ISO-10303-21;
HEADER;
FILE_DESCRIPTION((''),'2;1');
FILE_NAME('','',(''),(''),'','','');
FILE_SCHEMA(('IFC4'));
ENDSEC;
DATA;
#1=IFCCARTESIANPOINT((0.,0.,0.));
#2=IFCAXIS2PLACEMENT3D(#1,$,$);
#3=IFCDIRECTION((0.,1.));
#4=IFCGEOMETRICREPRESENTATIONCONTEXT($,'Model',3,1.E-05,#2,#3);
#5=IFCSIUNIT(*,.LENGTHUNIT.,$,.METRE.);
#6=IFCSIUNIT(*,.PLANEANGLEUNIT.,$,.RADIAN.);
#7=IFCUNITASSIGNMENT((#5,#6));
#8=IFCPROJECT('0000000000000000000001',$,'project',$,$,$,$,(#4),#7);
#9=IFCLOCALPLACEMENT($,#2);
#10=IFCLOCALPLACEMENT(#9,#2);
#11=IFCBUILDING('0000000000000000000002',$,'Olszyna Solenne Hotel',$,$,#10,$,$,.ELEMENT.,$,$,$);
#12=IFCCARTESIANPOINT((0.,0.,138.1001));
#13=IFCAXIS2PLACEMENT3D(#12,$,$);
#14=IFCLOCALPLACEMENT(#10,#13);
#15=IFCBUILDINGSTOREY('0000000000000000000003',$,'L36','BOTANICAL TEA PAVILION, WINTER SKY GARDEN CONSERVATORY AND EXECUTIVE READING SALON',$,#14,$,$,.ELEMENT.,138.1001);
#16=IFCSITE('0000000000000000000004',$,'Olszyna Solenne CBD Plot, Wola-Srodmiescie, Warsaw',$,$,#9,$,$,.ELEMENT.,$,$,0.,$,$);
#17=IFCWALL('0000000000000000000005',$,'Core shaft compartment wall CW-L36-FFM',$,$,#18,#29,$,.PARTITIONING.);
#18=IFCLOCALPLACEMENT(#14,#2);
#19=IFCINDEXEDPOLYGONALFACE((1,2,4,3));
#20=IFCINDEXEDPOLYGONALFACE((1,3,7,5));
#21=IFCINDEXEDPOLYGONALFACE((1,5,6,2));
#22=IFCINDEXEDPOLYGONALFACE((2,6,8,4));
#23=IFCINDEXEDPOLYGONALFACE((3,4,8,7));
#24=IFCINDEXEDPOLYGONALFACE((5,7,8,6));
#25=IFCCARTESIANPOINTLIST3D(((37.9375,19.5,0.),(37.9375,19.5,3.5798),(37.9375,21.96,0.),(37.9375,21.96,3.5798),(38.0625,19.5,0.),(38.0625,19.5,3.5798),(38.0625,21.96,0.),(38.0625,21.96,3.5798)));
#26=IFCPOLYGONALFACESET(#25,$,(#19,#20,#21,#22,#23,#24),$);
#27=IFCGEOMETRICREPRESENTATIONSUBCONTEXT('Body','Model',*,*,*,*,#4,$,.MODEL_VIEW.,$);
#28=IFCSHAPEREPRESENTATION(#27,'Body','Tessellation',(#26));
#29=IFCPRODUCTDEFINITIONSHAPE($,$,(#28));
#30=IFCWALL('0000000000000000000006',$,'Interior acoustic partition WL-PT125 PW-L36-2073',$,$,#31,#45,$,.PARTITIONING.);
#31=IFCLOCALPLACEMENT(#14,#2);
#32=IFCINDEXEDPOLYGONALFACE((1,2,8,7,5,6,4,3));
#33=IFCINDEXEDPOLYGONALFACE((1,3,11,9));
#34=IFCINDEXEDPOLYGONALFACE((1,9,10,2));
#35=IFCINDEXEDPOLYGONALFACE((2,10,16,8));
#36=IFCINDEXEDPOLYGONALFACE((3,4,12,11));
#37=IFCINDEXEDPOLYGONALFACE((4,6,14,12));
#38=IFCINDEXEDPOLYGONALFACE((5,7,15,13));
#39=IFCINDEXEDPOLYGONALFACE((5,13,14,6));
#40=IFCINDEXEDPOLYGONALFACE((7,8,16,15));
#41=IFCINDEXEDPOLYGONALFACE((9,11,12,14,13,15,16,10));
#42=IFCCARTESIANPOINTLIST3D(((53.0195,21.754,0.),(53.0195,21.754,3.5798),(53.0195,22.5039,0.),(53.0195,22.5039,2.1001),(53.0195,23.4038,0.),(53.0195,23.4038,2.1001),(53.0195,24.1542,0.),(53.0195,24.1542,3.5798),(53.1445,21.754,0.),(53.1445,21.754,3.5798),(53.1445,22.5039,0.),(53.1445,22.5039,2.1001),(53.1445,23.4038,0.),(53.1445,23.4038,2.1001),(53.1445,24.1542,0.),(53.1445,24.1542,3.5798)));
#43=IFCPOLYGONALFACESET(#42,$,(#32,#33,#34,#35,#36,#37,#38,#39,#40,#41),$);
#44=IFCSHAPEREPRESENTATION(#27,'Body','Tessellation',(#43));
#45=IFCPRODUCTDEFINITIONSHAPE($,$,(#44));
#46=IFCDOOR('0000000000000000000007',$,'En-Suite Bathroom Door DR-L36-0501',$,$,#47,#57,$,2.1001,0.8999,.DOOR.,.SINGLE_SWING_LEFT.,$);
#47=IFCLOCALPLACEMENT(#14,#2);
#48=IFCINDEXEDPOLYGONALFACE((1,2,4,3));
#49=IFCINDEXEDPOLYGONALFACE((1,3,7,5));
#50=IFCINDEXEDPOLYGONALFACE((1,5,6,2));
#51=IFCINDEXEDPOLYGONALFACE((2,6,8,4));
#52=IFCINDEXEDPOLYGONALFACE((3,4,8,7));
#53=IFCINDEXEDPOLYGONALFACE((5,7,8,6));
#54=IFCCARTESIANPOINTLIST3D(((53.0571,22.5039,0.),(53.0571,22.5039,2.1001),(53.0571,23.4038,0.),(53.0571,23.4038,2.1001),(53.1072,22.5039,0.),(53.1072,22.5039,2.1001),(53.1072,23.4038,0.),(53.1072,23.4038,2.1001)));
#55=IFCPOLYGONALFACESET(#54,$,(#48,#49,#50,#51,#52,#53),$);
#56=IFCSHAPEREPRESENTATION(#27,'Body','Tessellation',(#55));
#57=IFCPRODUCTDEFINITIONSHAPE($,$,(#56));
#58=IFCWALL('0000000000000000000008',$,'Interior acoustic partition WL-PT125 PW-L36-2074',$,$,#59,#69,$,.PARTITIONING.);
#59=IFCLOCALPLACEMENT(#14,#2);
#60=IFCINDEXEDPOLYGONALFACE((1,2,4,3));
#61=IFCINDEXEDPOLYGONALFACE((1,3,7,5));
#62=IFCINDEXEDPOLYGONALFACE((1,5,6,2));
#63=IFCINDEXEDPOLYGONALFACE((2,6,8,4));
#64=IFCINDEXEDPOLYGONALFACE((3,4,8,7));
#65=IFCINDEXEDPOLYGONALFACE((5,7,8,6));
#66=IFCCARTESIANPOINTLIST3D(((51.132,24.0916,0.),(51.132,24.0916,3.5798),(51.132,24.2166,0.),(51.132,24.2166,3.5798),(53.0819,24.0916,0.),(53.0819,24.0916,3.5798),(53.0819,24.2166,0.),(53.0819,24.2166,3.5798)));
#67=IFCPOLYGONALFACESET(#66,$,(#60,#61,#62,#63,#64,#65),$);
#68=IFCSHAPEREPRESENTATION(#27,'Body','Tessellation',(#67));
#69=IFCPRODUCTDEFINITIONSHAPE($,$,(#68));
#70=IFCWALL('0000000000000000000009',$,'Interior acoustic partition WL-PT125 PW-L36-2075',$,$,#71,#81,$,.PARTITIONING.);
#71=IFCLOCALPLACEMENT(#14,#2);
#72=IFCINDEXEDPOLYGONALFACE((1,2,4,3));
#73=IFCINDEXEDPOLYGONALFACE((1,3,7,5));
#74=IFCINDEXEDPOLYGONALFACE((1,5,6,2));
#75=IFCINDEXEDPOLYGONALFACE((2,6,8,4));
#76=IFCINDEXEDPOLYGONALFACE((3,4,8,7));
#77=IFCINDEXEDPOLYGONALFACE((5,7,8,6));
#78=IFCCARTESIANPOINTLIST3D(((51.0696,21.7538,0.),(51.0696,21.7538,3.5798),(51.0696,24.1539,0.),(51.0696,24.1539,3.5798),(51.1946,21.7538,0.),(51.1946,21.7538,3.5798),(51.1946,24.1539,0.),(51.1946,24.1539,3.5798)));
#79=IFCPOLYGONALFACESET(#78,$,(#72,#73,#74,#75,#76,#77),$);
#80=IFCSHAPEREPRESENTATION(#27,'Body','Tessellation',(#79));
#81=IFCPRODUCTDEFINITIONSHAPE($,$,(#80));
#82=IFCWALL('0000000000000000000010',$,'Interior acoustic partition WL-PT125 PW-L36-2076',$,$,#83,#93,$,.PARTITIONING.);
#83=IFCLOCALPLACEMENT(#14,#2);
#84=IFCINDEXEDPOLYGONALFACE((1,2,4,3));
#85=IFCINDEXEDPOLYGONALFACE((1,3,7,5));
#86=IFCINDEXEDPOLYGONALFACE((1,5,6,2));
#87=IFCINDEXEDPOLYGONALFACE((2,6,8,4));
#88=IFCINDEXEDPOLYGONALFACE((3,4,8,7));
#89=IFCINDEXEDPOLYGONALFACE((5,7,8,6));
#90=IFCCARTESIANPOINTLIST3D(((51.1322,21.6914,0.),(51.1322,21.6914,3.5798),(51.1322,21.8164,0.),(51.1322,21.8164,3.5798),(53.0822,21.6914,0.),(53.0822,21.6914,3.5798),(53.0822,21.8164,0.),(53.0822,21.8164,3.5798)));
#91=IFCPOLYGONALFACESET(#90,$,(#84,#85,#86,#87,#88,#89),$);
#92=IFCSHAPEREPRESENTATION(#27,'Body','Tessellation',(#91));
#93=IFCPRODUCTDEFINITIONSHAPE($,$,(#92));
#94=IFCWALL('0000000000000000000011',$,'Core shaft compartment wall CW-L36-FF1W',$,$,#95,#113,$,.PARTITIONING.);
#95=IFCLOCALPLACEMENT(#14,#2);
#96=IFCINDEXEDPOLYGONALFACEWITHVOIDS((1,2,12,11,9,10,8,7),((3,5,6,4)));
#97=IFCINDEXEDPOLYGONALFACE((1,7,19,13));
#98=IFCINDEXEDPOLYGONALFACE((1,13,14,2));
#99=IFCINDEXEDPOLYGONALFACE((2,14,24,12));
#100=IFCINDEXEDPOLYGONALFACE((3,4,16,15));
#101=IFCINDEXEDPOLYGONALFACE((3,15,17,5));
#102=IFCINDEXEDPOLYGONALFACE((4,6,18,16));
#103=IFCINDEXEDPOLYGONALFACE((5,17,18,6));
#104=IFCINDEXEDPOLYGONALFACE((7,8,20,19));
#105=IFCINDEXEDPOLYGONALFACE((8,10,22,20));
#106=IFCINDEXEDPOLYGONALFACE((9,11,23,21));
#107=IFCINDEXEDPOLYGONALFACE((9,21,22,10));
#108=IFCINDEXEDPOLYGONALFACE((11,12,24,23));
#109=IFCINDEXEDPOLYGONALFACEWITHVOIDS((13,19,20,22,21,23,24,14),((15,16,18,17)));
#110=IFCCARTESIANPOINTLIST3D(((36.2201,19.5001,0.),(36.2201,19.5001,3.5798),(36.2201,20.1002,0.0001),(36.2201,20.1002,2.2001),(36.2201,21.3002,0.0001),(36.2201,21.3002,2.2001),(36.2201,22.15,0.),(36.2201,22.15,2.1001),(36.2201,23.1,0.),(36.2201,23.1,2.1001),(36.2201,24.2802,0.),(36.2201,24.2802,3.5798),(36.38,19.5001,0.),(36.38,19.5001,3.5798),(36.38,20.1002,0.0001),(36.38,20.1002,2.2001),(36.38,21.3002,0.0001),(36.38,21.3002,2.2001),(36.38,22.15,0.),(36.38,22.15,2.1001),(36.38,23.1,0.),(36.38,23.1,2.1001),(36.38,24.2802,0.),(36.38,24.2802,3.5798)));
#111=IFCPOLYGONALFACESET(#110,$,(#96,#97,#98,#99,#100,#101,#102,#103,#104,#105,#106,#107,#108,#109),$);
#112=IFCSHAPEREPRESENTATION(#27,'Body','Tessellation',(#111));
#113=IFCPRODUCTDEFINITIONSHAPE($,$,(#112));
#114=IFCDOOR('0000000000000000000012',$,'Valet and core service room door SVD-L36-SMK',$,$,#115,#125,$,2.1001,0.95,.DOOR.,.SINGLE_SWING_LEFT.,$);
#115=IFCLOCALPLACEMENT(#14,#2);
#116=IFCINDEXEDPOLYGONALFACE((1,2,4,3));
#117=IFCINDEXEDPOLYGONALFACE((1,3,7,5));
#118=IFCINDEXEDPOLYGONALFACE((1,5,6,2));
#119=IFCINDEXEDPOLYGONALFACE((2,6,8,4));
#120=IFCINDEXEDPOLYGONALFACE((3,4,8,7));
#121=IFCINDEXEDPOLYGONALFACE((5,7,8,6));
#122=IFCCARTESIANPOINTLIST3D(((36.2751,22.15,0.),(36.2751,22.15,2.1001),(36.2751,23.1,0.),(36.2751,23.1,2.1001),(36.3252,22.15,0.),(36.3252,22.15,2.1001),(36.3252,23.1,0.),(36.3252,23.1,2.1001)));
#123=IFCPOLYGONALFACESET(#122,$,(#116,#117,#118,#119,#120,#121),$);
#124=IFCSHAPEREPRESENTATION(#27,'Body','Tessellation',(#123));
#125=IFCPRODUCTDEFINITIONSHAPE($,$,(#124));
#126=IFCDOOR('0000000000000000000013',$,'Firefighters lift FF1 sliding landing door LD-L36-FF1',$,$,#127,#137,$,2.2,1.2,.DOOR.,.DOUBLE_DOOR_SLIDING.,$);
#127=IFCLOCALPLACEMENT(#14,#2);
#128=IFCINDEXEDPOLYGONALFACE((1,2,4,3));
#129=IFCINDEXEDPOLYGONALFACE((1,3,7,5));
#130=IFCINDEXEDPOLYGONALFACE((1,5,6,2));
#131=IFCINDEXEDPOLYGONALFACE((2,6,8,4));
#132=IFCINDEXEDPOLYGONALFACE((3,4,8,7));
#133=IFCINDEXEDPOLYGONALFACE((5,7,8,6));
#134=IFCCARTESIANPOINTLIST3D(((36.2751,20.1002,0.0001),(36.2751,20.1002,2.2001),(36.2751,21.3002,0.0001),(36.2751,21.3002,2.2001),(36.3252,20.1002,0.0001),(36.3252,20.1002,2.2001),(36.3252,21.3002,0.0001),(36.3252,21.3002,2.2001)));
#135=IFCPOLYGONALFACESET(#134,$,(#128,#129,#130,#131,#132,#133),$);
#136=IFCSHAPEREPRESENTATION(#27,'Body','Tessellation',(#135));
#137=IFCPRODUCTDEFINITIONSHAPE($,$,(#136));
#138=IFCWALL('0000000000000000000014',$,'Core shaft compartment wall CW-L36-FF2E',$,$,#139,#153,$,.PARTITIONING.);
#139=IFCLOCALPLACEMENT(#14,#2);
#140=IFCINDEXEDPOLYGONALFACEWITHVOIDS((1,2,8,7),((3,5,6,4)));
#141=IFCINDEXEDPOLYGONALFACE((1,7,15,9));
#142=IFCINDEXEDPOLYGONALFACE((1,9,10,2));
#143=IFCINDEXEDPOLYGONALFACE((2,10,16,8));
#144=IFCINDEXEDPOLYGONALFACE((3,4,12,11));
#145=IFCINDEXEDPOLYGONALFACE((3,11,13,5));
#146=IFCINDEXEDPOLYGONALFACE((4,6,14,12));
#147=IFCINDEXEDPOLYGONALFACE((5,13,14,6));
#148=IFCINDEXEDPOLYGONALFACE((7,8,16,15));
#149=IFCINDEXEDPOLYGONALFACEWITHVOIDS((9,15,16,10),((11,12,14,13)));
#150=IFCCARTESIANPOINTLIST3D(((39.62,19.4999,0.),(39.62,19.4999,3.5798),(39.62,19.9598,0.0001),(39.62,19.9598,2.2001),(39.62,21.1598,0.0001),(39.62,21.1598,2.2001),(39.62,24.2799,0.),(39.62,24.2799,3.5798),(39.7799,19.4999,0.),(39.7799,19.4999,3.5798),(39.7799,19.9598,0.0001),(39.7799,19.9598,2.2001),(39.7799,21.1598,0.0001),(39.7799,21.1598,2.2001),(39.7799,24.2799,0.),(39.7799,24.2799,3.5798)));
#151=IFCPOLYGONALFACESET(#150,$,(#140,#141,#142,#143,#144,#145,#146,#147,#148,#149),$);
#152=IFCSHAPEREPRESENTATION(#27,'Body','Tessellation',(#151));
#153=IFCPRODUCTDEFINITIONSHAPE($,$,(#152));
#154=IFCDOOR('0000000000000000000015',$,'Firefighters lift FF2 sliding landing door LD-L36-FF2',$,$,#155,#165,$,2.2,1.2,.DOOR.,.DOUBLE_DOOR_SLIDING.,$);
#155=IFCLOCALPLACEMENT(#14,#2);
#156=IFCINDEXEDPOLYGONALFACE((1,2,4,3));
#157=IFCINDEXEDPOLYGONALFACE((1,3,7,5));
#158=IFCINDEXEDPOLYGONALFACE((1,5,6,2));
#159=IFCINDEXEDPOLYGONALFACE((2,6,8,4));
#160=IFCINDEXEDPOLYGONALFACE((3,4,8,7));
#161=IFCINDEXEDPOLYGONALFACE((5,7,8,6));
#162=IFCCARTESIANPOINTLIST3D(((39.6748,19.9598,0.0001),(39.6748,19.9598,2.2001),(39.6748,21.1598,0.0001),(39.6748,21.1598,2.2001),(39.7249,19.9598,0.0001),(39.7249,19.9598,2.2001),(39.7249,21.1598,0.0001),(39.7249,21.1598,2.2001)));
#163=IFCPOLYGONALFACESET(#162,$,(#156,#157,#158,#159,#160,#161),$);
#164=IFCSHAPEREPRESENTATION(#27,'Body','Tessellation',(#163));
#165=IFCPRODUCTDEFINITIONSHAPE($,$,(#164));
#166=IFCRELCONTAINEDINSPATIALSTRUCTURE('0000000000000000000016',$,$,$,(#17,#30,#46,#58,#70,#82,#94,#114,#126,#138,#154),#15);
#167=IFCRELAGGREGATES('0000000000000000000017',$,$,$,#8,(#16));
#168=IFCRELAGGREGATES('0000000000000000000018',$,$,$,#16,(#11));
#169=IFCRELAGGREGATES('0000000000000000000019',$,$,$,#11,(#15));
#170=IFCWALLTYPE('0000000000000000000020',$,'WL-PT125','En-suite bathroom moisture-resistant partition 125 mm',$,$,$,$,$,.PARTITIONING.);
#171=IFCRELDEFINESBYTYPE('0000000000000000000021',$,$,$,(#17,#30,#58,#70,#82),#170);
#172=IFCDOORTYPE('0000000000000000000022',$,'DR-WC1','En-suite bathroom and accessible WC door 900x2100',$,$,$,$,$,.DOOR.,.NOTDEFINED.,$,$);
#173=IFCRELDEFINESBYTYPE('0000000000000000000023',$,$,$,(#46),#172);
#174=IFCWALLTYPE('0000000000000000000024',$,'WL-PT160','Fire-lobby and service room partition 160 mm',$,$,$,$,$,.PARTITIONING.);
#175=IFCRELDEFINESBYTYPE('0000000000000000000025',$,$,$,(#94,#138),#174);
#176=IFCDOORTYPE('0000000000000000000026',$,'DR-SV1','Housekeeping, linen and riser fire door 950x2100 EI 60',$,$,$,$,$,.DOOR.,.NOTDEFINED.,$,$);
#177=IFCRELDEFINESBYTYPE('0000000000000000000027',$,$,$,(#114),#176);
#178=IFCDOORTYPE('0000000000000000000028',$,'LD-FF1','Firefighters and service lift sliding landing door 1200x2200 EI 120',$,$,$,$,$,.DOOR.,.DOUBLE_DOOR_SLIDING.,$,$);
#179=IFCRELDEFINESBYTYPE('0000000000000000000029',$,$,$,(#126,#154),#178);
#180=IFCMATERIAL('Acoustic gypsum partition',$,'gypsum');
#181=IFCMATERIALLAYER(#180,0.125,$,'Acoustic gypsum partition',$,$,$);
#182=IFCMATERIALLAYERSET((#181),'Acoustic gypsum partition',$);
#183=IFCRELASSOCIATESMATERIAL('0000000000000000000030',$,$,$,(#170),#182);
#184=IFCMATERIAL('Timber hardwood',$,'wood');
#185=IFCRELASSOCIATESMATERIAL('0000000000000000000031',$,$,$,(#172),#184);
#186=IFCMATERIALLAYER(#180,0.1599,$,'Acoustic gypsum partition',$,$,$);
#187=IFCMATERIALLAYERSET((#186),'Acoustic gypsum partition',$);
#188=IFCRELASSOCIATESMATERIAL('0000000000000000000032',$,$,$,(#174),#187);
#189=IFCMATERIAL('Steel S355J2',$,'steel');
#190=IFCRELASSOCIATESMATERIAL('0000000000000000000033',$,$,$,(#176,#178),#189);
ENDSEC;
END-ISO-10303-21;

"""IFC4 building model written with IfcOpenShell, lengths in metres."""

from ifc_helpers import new_model, si_unit, direction, frame, frame_2d, origin, place, context, subcontext, project, spatial, rectangle, extrude, source, transform, mapped, material, layer, layer_set, type_object, type_shapes, element, fill, save


model = new_model("IFC4")

# Units and contexts
model_context = context("Model", 3, precision=1e-05, world=origin(), true_north=direction((0.0, 1.0)))
body_context = subcontext(model_context, "Body", "Model", "MODEL_VIEW")
ifc_project = project(units=[si_unit("LENGTHUNIT", "METRE"), si_unit("PLANEANGLEUNIT", "RADIAN")], contexts=[model_context])

# Site, building, storey
site_placement = place(None, origin())
site = spatial("IfcSite", under=ifc_project, at=site_placement, Name="Olszyna Solenne CBD Plot, Wola-Srodmiescie, Warsaw", CompositionType="ELEMENT", RefElevation=0.0)
building_placement = place(site_placement, origin())
building = spatial("IfcBuilding", under=site, at=building_placement, Name="Olszyna Solenne Hotel", CompositionType="ELEMENT")
storey_placement = place(building_placement, frame((0.0, 0.0, 138.1001)))
storey = spatial("IfcBuildingStorey", under=building, at=storey_placement, Name="L36", Description="BOTANICAL TEA PAVILION, WINTER SKY GARDEN CONSERVATORY AND EXECUTIVE READING SALON", CompositionType="ELEMENT", Elevation=138.1001)

# Shared definitions
ifc_material_1 = material(Name="Steel S355J2", Category="steel")

# Wall
ifc_material_2 = material(Name="Acoustic gypsum partition", Category="gypsum")
ifc_layer_1 = layer(ifc_material_2, 0.125, Name="Acoustic gypsum partition")
ifc_layer_set_1 = layer_set([ifc_layer_1], Name="Acoustic gypsum partition")
wall_type_1 = type_object("IfcWallType", Name="WL-PT125", Description="En-suite bathroom moisture-resistant partition 125 mm", PredefinedType="PARTITIONING", material=ifc_layer_set_1)
wall_1_placement = place(storey_placement, frame((38.0, 19.5, 0.0), z_axis=(0.0, 0.0, 1.0), x_axis=(0.0, 1.0, 0.0)))
element("IfcWall", 1, at=wall_1_placement, inside=storey, type_object=wall_type_1, Name="Core shaft compartment wall CW-L36-FFM", PredefinedType="PARTITIONING", context=body_context, shape_type="SweptSolid", body=[
    extrude(rectangle(XDim=2.46, YDim=0.125, at=frame_2d((1.23, 0.0))), origin(), (0.0, 0.0, 1.0), 3.5798),
])

# Wall, opening, door
wall_2_placement = place(storey_placement, frame((53.082, 21.7539, 0.0), z_axis=(0.0, 0.0, 1.0), x_axis=(0.0, 1.0, 0.0)))
wall_2 = element("IfcWall", 2, at=wall_2_placement, inside=storey, type_object=wall_type_1, Name="Interior acoustic partition WL-PT125 PW-L36-2073", PredefinedType="PARTITIONING", context=body_context, shape_type="SweptSolid", body=[
    extrude(rectangle(XDim=2.4001, YDim=0.125, at=frame_2d((1.2002, 0.0))), origin(), (0.0, 0.0, 1.0), 3.5798),
])
opening_1_placement = place(wall_2_placement, frame((0.75, 0.0, 0.0)))
opening_1 = element("IfcOpeningElement", 3, at=opening_1_placement, cuts=wall_2, PredefinedType="OPENING", context=body_context, shape_type="SweptSolid", body=[
    extrude(rectangle(XDim=0.8999, YDim=2.1001, at=frame_2d((0.45, 1.05))), frame((0.0, 0.0725, 0.0), z_axis=(0.0, -1.0, 0.0), x_axis=(1.0, 0.0, 0.0)), (0.0, 0.0, 1.0), 0.145),
])
ifc_material_3 = material(Name="Timber hardwood", Category="wood")
door_type_1 = type_object("IfcDoorType", Name="DR-WC1", Description="En-suite bathroom and accessible WC door 900x2100", OperationType="NOTDEFINED", PredefinedType="DOOR", material=ifc_material_3)
shared_shape_1 = source(origin(), body_context, "Body", "SweptSolid", [
    extrude(rectangle(XDim=0.8999, YDim=2.1001, at=frame_2d((0.45, 1.05))), frame((0.0, 0.0249, 0.0), z_axis=(0.0, -1.0, 0.0), x_axis=(1.0, 0.0, 0.0)), (0.0, 0.0, 1.0), 0.05),
])
type_shapes(door_type_1, [shared_shape_1])
door_1_placement = place(opening_1_placement, origin())
door_1 = element("IfcDoor", 4, at=door_1_placement, inside=storey, type_object=door_type_1, Name="En-Suite Bathroom Door DR-L36-0501", OperationType="SINGLE_SWING_LEFT", OverallHeight=2.1001, OverallWidth=0.8999, PredefinedType="DOOR", context=body_context, shape_type="MappedRepresentation", body=[
    mapped(shared_shape_1, transform((0.0, 0.0, 0.0), x_axis=(1.0, 0.0, 0.0), y_axis=(0.0, 1.0, 0.0), z_axis=(0.0, 0.0, 1.0), scale=1.0)),
])
fill(opening_1, door_1)

# Walls
wall_3_placement = place(storey_placement, frame((53.082, 24.1541, 0.0), z_axis=(0.0, 0.0, 1.0), x_axis=(-1.0, 0.0, 0.0)))
element("IfcWall", 5, at=wall_3_placement, inside=storey, type_object=wall_type_1, Name="Interior acoustic partition WL-PT125 PW-L36-2074", PredefinedType="PARTITIONING", context=body_context, shape_type="SweptSolid", body=[
    extrude(rectangle(XDim=1.95, YDim=0.125, at=frame_2d((0.9751, 0.0))), origin(), (0.0, 0.0, 1.0), 3.5798),
])
wall_4_placement = place(storey_placement, frame((51.1321, 24.1541, 0.0), z_axis=(0.0, 0.0, 1.0), x_axis=(0.0, -1.0, 0.0)))
element("IfcWall", 6, at=wall_4_placement, inside=storey, type_object=wall_type_1, Name="Interior acoustic partition WL-PT125 PW-L36-2075", PredefinedType="PARTITIONING", context=body_context, shape_type="SweptSolid", body=[
    extrude(rectangle(XDim=2.4001, YDim=0.125, at=frame_2d((1.2002, 0.0))), origin(), (0.0, 0.0, 1.0), 3.5798),
])
wall_5_placement = place(storey_placement, frame((51.1321, 21.7539, 0.0), z_axis=(0.0, 0.0, 1.0), x_axis=(1.0, 0.0, 0.0)))
element("IfcWall", 7, at=wall_5_placement, inside=storey, type_object=wall_type_1, Name="Interior acoustic partition WL-PT125 PW-L36-2076", PredefinedType="PARTITIONING", context=body_context, shape_type="SweptSolid", body=[
    extrude(rectangle(XDim=1.95, YDim=0.125, at=frame_2d((0.9751, 0.0))), origin(), (0.0, 0.0, 1.0), 3.5798),
])

# Wall, openings, doors
ifc_layer_2 = layer(ifc_material_2, 0.1599, Name="Acoustic gypsum partition")
ifc_layer_set_2 = layer_set([ifc_layer_2], Name="Acoustic gypsum partition")
wall_type_2 = type_object("IfcWallType", Name="WL-PT160", Description="Fire-lobby and service room partition 160 mm", PredefinedType="PARTITIONING", material=ifc_layer_set_2)
wall_6_placement = place(storey_placement, frame((36.3, 19.5, 0.0), z_axis=(0.0, 0.0, 1.0), x_axis=(0.0, 1.0, 0.0)))
wall_6 = element("IfcWall", 8, at=wall_6_placement, inside=storey, type_object=wall_type_2, Name="Core shaft compartment wall CW-L36-FF1W", PredefinedType="PARTITIONING", context=body_context, shape_type="SweptSolid", body=[
    extrude(rectangle(XDim=4.78, YDim=0.1599, at=frame_2d((2.3901, 0.0))), origin(), (0.0, 0.0, 1.0), 3.5798),
])
opening_2_placement = place(wall_6_placement, frame((0.6001, 0.0, 0.0)))
opening_2 = element("IfcOpeningElement", 9, at=opening_2_placement, cuts=wall_6, PredefinedType="OPENING", context=body_context, shape_type="SweptSolid", body=[
    extrude(rectangle(XDim=1.2, YDim=2.2, at=frame_2d((0.6001, 1.1001))), frame((0.0, 0.0898, 0.0), z_axis=(0.0, -1.0, 0.0), x_axis=(1.0, 0.0, 0.0)), (0.0, 0.0, 1.0), 0.1799),
])
opening_3_placement = place(wall_6_placement, frame((2.6499, 0.0, 0.0)))
opening_3 = element("IfcOpeningElement", 10, at=opening_3_placement, cuts=wall_6, PredefinedType="OPENING", context=body_context, shape_type="SweptSolid", body=[
    extrude(rectangle(XDim=0.95, YDim=2.1001, at=frame_2d((0.4751, 1.05))), frame((0.0, 0.0898, 0.0), z_axis=(0.0, -1.0, 0.0), x_axis=(1.0, 0.0, 0.0)), (0.0, 0.0, 1.0), 0.1799),
])
door_type_2 = type_object("IfcDoorType", Name="DR-SV1", Description="Housekeeping, linen and riser fire door 950x2100 EI 60", OperationType="NOTDEFINED", PredefinedType="DOOR", material=ifc_material_1)
shared_shape_2 = source(origin(), body_context, "Body", "SweptSolid", [
    extrude(rectangle(XDim=0.95, YDim=2.1001, at=frame_2d((0.4751, 1.05))), frame((0.0, 0.0249, 0.0), z_axis=(0.0, -1.0, 0.0), x_axis=(1.0, 0.0, 0.0)), (0.0, 0.0, 1.0), 0.05),
])
type_shapes(door_type_2, [shared_shape_2])
door_2_placement = place(opening_3_placement, origin())
door_2 = element("IfcDoor", 11, at=door_2_placement, inside=storey, type_object=door_type_2, Name="Valet and core service room door SVD-L36-SMK", OperationType="SINGLE_SWING_LEFT", OverallHeight=2.1001, OverallWidth=0.95, PredefinedType="DOOR", context=body_context, shape_type="MappedRepresentation", body=[
    mapped(shared_shape_2, transform((0.0, 0.0, 0.0), x_axis=(1.0, 0.0, 0.0), y_axis=(0.0, 1.0, 0.0), z_axis=(0.0, 0.0, 1.0), scale=1.0)),
])
fill(opening_3, door_2)
door_type_3 = type_object("IfcDoorType", Name="LD-FF1", Description="Firefighters and service lift sliding landing door 1200x2200 EI 120", OperationType="DOUBLE_DOOR_SLIDING", PredefinedType="DOOR", material=ifc_material_1)
shared_shape_3 = source(origin(), body_context, "Body", "SweptSolid", [
    extrude(rectangle(XDim=1.2, YDim=2.2, at=frame_2d((0.6001, 1.1001))), frame((0.0, 0.0249, 0.0), z_axis=(0.0, -1.0, 0.0), x_axis=(1.0, 0.0, 0.0)), (0.0, 0.0, 1.0), 0.05),
])
type_shapes(door_type_3, [shared_shape_3])
door_3_placement = place(opening_2_placement, origin())
door_3 = element("IfcDoor", 12, at=door_3_placement, inside=storey, type_object=door_type_3, Name="Firefighters lift FF1 sliding landing door LD-L36-FF1", OperationType="DOUBLE_DOOR_SLIDING", OverallHeight=2.2, OverallWidth=1.2, PredefinedType="DOOR", context=body_context, shape_type="MappedRepresentation", body=[
    mapped(shared_shape_3, transform((0.0, 0.0, 0.0), x_axis=(1.0, 0.0, 0.0), y_axis=(0.0, 1.0, 0.0), z_axis=(0.0, 0.0, 1.0), scale=1.0)),
])
fill(opening_2, door_3)

# Wall, opening, door
wall_7_placement = place(storey_placement, frame((39.7, 24.28, 0.0), z_axis=(0.0, 0.0, 1.0), x_axis=(0.0, -1.0, 0.0)))
wall_7 = element("IfcWall", 13, at=wall_7_placement, inside=storey, type_object=wall_type_2, Name="Core shaft compartment wall CW-L36-FF2E", PredefinedType="PARTITIONING", context=body_context, shape_type="SweptSolid", body=[
    extrude(rectangle(XDim=4.78, YDim=0.1599, at=frame_2d((2.3901, 0.0))), origin(), (0.0, 0.0, 1.0), 3.5798),
])
opening_4_placement = place(wall_7_placement, frame((3.1201, 0.0, 0.0)))
opening_4 = element("IfcOpeningElement", 14, at=opening_4_placement, cuts=wall_7, PredefinedType="OPENING", context=body_context, shape_type="SweptSolid", body=[
    extrude(rectangle(XDim=1.2, YDim=2.2, at=frame_2d((0.6001, 1.1001))), frame((0.0, 0.0898, 0.0), z_axis=(0.0, -1.0, 0.0), x_axis=(1.0, 0.0, 0.0)), (0.0, 0.0, 1.0), 0.1799),
])
door_4_placement = place(opening_4_placement, origin())
door_4 = element("IfcDoor", 15, at=door_4_placement, inside=storey, type_object=door_type_3, Name="Firefighters lift FF2 sliding landing door LD-L36-FF2", OperationType="DOUBLE_DOOR_SLIDING", OverallHeight=2.2, OverallWidth=1.2, PredefinedType="DOOR", context=body_context, shape_type="MappedRepresentation", body=[
    mapped(shared_shape_3, transform((0.0, 0.0, 0.0), x_axis=(1.0, 0.0, 0.0), y_axis=(0.0, 1.0, 0.0), z_axis=(0.0, 0.0, 1.0), scale=1.0)),
])
fill(opening_4, door_4)

save(model, "model.ifc")
